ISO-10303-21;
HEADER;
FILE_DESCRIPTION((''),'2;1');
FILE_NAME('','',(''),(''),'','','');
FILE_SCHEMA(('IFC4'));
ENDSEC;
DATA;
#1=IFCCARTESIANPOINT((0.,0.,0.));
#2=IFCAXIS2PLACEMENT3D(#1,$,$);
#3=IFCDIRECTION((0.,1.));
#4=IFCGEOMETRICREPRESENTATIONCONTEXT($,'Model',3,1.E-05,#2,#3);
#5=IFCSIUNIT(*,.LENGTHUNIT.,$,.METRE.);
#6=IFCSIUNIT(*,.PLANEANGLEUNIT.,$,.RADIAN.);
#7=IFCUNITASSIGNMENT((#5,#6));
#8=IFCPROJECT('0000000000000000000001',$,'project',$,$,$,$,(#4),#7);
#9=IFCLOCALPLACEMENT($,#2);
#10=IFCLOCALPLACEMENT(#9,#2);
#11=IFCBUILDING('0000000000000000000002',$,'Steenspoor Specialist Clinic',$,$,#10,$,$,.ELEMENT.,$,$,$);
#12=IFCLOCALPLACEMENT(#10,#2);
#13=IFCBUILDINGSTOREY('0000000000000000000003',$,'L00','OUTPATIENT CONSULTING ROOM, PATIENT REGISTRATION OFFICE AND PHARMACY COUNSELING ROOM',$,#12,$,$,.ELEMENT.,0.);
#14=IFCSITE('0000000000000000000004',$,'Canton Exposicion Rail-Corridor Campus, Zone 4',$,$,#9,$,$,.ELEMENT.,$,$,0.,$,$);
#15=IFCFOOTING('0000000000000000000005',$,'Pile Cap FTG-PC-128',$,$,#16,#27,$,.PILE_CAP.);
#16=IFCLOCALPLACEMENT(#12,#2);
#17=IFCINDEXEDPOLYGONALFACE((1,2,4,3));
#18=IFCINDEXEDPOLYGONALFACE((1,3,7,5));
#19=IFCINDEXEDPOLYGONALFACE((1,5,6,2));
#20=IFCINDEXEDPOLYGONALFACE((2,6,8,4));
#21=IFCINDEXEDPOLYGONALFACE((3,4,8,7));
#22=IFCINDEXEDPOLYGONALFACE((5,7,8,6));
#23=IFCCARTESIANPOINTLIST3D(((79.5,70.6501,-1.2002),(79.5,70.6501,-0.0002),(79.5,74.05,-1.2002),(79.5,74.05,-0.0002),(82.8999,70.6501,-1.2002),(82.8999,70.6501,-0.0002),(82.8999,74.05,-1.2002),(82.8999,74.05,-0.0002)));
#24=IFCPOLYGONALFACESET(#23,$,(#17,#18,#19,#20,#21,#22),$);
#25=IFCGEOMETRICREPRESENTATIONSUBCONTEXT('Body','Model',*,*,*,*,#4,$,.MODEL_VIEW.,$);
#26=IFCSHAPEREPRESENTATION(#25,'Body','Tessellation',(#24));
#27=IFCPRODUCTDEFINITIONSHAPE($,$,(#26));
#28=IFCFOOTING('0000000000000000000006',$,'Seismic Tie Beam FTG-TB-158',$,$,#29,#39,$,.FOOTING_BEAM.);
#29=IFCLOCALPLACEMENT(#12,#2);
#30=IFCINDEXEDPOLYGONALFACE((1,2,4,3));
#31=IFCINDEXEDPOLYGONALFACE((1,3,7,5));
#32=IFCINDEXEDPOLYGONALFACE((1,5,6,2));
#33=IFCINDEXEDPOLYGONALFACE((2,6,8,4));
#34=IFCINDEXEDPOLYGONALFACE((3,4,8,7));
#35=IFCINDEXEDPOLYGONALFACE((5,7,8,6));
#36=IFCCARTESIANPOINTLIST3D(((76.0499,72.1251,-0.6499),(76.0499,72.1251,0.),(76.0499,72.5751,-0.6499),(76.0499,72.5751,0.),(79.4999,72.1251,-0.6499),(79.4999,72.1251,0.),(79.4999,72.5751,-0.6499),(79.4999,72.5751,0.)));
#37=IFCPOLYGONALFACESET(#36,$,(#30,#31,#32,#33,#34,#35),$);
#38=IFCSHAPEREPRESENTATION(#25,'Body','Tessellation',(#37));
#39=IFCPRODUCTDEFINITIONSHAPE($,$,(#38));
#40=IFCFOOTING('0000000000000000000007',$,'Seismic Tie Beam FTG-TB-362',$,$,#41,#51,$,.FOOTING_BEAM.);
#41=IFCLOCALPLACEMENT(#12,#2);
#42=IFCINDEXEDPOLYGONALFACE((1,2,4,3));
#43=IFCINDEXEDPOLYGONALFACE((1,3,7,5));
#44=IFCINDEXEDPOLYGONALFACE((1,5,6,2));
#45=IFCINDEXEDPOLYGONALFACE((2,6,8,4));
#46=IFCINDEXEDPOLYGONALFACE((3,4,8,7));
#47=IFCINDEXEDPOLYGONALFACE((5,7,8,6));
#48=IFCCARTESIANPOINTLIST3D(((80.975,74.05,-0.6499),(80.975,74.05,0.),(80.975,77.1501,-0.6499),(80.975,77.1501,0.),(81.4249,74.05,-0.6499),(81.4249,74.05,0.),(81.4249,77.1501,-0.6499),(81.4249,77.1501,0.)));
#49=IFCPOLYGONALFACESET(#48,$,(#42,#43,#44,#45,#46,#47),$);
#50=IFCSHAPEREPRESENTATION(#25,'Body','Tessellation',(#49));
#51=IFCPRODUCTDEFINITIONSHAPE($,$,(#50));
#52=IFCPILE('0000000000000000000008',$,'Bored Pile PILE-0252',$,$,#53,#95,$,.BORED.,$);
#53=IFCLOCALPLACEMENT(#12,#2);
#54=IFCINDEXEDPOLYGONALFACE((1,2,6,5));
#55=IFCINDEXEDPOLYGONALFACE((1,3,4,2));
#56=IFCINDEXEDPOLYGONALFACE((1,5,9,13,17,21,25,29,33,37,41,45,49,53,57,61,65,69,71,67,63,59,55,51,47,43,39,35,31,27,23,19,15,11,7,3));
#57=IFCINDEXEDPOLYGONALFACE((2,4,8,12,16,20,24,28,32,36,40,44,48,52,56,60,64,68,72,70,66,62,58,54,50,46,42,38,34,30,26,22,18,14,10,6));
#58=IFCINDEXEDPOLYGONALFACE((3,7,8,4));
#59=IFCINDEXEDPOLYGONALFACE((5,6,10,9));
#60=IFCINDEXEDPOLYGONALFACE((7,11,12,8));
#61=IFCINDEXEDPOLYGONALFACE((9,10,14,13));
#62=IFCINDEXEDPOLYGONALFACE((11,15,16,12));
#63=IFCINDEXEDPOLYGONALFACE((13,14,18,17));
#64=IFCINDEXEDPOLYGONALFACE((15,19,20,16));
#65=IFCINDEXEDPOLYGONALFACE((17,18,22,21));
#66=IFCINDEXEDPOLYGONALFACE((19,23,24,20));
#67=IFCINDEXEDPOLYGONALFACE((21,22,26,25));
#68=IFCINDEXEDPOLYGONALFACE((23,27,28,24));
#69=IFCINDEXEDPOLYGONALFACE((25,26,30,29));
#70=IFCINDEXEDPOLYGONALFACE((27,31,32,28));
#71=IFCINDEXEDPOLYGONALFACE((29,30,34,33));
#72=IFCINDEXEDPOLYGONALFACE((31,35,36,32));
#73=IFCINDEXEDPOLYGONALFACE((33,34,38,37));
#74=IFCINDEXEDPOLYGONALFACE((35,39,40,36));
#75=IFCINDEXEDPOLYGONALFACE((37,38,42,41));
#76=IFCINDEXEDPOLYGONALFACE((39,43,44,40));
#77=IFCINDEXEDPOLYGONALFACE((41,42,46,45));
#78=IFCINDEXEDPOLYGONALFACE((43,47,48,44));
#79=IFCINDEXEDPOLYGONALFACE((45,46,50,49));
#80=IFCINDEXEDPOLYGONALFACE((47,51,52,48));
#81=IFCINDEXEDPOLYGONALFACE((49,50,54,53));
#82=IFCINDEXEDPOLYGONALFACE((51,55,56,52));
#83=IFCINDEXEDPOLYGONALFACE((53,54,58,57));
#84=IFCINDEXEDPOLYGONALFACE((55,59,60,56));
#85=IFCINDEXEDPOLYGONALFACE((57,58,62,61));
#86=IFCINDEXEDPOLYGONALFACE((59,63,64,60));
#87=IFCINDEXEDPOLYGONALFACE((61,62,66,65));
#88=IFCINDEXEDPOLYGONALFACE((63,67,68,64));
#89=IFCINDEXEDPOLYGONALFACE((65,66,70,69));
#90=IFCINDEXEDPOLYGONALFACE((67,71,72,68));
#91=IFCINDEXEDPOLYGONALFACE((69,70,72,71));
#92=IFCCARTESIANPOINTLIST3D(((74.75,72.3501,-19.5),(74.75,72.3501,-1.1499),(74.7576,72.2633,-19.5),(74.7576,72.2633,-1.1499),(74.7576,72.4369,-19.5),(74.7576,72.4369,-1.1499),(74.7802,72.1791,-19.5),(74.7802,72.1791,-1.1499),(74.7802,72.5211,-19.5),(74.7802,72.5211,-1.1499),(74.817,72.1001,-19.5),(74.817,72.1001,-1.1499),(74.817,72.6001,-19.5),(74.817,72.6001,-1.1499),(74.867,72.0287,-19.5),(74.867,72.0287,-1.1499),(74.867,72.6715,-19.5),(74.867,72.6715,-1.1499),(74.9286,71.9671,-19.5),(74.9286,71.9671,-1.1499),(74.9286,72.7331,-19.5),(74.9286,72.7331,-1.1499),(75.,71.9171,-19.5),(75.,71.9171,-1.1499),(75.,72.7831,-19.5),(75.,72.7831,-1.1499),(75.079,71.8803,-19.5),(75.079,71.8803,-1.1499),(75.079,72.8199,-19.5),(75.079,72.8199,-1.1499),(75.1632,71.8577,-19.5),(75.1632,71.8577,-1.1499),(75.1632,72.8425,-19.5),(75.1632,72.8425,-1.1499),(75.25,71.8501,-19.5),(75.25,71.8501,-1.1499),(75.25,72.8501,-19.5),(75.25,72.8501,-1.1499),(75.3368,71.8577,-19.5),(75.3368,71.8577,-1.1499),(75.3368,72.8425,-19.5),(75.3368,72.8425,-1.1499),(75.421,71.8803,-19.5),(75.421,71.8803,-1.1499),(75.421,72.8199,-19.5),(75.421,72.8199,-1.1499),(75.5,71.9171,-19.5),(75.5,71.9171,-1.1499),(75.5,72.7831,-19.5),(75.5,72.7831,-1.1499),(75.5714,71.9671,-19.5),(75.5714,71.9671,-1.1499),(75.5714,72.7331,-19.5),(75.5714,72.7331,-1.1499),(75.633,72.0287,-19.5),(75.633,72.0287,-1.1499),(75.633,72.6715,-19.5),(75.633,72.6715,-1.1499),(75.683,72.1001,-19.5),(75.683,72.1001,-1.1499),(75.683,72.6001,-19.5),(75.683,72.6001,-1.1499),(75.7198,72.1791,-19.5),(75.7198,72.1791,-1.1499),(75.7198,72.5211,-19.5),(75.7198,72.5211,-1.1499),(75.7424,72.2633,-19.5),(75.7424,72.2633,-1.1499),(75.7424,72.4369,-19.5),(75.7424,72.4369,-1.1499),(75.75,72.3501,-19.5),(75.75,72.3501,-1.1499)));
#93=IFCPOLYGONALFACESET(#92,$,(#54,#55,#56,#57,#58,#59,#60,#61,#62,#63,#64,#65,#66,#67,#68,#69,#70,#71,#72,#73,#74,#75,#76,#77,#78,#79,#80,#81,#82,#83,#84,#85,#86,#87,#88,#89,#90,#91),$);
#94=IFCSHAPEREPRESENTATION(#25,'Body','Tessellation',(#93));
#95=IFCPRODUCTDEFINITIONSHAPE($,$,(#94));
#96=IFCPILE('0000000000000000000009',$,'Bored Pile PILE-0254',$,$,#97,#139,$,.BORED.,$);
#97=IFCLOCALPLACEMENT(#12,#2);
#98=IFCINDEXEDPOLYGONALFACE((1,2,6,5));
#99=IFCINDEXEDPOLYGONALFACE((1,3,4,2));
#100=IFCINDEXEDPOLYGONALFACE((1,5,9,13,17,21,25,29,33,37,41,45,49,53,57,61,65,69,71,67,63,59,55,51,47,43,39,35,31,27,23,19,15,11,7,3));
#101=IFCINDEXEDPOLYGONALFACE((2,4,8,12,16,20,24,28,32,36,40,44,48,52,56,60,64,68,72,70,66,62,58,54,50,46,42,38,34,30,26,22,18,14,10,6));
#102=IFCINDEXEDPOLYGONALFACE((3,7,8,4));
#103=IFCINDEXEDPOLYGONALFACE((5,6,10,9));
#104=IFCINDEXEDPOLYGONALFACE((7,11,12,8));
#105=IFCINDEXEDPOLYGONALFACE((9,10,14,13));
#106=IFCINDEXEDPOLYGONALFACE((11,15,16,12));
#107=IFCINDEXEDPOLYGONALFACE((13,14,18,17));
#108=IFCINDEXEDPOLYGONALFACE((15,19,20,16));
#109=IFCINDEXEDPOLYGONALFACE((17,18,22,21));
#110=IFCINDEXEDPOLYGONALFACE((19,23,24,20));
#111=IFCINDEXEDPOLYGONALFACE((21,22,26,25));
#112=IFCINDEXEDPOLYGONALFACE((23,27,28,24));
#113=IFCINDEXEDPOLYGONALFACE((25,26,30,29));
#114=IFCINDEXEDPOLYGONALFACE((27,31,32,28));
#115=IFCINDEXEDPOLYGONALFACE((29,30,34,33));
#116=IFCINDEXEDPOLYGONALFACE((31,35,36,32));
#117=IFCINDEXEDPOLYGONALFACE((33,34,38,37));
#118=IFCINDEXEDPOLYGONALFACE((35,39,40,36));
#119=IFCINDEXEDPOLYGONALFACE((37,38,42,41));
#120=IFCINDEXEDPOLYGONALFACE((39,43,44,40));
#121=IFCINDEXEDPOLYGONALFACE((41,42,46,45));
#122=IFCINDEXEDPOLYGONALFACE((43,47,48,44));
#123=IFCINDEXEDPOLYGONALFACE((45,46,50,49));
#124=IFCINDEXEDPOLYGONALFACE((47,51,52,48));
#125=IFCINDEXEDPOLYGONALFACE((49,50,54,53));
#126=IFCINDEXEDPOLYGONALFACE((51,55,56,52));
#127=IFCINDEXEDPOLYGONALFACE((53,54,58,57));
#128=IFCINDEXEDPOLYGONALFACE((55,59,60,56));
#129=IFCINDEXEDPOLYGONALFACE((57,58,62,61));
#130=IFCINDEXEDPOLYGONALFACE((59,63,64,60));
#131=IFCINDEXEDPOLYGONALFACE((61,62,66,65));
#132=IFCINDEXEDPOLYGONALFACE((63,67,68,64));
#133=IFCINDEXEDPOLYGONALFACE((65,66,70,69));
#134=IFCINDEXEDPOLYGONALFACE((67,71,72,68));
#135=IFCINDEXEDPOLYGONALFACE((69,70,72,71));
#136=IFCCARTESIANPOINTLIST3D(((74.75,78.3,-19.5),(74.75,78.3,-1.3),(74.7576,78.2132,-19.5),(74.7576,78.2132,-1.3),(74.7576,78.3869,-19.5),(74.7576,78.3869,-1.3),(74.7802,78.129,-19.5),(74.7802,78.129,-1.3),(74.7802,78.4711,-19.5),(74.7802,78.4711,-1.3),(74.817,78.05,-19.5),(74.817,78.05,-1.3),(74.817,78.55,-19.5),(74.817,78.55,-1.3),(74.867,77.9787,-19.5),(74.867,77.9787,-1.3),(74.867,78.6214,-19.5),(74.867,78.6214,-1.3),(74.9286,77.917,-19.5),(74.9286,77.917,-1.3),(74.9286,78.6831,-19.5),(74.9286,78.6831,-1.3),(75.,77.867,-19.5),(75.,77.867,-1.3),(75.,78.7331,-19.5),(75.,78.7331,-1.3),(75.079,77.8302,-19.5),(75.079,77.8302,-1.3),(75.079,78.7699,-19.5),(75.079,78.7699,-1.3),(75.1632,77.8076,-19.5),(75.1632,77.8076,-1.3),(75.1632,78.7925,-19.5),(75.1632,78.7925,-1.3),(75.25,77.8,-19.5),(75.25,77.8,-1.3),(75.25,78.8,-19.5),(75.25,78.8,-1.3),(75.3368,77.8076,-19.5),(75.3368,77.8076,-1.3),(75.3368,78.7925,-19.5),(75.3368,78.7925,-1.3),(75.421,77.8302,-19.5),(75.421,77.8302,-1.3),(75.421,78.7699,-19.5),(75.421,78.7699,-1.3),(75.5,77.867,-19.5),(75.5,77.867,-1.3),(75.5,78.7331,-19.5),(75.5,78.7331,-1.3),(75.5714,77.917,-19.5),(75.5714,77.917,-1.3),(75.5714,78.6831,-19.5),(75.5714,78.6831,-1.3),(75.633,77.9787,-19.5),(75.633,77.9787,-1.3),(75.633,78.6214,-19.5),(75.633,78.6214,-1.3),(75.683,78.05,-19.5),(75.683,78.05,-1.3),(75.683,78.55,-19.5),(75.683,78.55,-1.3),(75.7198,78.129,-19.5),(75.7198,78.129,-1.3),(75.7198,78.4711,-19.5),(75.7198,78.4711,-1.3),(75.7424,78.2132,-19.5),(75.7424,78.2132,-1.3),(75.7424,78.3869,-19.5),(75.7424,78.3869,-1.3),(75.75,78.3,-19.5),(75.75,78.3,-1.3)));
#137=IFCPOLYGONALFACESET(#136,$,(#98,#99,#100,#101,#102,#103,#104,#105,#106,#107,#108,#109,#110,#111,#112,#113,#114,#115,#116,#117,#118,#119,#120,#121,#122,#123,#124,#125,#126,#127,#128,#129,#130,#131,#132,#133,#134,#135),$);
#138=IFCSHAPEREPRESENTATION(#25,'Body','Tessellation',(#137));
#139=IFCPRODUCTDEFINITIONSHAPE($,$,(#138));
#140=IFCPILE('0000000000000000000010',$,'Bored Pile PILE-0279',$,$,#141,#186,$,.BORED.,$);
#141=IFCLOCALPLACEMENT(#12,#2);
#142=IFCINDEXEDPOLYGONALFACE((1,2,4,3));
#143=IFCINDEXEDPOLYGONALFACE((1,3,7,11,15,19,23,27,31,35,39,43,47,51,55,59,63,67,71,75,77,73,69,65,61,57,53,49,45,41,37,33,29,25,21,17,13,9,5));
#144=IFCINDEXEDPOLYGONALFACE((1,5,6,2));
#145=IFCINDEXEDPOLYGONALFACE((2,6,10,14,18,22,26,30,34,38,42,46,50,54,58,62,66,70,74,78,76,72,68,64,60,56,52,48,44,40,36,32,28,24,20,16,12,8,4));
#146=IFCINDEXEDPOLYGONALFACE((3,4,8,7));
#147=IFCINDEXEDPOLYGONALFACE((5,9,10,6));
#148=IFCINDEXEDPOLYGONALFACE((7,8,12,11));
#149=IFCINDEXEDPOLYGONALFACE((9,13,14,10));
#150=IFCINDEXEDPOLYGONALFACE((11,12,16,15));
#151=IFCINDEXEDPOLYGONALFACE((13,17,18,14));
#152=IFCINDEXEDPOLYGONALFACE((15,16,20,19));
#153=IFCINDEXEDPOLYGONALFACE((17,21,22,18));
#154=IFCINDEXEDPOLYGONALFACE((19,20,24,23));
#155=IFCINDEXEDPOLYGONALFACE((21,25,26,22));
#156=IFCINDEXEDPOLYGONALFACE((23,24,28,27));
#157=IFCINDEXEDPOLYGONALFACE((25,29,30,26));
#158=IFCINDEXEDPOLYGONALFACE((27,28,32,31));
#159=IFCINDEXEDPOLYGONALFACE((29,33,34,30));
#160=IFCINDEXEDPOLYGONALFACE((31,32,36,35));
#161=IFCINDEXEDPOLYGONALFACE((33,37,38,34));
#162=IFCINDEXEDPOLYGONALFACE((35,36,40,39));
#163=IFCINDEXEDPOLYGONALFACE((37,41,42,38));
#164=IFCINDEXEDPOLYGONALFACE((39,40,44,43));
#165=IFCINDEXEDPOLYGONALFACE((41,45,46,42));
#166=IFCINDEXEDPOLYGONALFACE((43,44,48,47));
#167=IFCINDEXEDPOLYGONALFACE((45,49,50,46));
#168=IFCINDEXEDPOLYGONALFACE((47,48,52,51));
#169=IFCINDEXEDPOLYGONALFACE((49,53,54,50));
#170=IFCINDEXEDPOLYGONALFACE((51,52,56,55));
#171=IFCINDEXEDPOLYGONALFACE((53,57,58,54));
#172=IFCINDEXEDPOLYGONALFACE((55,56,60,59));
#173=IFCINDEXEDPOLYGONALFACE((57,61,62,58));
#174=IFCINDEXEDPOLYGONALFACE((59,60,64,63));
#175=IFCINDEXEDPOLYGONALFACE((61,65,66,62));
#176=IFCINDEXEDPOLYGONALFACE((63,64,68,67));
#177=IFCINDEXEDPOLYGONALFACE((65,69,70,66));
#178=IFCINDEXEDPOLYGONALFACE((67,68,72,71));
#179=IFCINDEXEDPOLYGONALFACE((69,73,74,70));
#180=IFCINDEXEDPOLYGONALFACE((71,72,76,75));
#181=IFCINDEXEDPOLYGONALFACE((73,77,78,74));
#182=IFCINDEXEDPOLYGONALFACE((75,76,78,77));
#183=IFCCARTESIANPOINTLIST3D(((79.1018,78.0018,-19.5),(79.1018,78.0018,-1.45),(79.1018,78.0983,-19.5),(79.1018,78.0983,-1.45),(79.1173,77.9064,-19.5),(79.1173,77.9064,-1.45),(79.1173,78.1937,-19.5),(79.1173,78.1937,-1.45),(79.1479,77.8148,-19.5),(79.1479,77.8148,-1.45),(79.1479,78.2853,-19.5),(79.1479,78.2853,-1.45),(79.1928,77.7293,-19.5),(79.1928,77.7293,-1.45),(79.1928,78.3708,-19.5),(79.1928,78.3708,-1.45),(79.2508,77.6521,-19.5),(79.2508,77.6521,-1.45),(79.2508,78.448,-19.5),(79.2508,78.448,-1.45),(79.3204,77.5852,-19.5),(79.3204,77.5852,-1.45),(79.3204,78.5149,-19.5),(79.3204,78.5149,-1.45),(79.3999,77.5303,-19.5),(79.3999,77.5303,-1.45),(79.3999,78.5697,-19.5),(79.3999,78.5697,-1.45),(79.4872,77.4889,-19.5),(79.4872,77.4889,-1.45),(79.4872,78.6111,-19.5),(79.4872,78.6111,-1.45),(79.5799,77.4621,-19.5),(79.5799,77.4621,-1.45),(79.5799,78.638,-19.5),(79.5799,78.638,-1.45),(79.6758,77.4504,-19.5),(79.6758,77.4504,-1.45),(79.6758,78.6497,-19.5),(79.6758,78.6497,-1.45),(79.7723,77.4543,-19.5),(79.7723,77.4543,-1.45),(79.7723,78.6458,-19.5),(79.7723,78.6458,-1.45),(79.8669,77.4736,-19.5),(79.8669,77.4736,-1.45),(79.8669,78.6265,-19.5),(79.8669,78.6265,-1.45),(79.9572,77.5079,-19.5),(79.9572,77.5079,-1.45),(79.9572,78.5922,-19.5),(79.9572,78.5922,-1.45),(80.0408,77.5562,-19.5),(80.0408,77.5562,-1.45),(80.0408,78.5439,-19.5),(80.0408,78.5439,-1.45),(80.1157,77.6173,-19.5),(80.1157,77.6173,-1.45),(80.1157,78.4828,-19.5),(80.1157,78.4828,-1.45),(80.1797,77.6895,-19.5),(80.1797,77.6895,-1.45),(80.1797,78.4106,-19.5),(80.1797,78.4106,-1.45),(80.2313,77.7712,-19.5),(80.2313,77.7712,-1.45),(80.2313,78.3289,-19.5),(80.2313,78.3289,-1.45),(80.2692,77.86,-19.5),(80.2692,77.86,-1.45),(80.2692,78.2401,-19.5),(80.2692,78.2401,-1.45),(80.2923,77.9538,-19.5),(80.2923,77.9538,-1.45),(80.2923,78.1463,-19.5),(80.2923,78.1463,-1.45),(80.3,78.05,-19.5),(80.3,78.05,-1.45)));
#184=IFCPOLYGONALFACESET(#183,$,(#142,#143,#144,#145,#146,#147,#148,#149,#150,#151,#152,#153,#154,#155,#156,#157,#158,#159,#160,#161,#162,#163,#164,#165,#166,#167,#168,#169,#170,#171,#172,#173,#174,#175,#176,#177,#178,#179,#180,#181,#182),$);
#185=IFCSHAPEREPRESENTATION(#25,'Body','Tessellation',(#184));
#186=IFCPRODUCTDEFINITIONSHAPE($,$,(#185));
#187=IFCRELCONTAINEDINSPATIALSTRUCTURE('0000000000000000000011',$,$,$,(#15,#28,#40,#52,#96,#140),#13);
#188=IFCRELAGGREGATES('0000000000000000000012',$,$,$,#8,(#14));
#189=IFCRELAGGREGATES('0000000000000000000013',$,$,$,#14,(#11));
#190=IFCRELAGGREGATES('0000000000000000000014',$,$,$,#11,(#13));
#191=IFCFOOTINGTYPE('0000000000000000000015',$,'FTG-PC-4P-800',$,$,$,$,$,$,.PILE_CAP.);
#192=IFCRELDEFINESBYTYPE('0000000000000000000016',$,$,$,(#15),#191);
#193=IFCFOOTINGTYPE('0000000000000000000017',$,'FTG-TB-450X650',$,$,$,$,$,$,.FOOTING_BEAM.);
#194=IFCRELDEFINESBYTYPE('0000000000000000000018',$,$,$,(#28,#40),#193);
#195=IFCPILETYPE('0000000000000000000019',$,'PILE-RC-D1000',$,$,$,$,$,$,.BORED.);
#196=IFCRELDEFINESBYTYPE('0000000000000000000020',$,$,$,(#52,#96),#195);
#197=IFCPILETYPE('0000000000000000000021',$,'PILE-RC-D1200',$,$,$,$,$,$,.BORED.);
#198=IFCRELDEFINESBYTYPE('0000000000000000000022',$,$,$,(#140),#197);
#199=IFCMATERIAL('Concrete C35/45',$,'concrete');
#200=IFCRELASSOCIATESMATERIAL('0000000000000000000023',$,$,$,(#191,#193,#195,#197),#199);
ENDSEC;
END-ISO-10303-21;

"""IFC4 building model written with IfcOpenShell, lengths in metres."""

from ifc_helpers import new_model, si_unit, direction, frame, origin, origin_2d, place, context, subcontext, project, spatial, rectangle, circle, extrude, material, material_profile, profile_set, type_object, element, save


model = new_model("IFC4")

# Units and contexts
model_context = context("Model", 3, precision=1e-05, world=origin(), true_north=direction((0.0, 1.0)))
body_context = subcontext(model_context, "Body", "Model", "MODEL_VIEW")
ifc_project = project(units=[si_unit("LENGTHUNIT", "METRE"), si_unit("PLANEANGLEUNIT", "RADIAN")], contexts=[model_context])

# Site, building, storey
site_placement = place(None, origin())
site = spatial("IfcSite", under=ifc_project, at=site_placement, Name="Canton Exposicion Rail-Corridor Campus, Zone 4", CompositionType="ELEMENT", RefElevation=0.0)
building_placement = place(site_placement, origin())
building = spatial("IfcBuilding", under=site, at=building_placement, Name="Steenspoor Specialist Clinic", CompositionType="ELEMENT")
storey_placement = place(building_placement, origin())
storey = spatial("IfcBuildingStorey", under=building, at=storey_placement, Name="L00", Description="OUTPATIENT CONSULTING ROOM, PATIENT REGISTRATION OFFICE AND PHARMACY COUNSELING ROOM", CompositionType="ELEMENT", Elevation=0.0)

# Footings
ifc_material_1 = material(Name="Concrete C35/45", Category="concrete")
footing_type_1 = type_object("IfcFootingType", Name="FTG-PC-4P-800", PredefinedType="PILE_CAP", material=ifc_material_1)
footing_1_placement = place(storey_placement, frame((81.2, 72.3501, -1.2002), z_axis=(0.0, 0.0, 1.0), x_axis=(1.0, 0.0, 0.0)))
element("IfcFooting", 1, at=footing_1_placement, inside=storey, type_object=footing_type_1, Name="Pile Cap FTG-PC-128", PredefinedType="PILE_CAP", context=body_context, shape_type="SweptSolid", body=[
    extrude(rectangle(XDim=3.3999, YDim=3.3999, at=origin_2d()), origin(), (0.0, 0.0, 1.0), 1.2),
])
footing_type_2 = type_object("IfcFootingType", Name="FTG-TB-450X650", PredefinedType="FOOTING_BEAM", material=ifc_material_1)
footing_2_placement = place(storey_placement, frame((77.7749, 72.3501, -0.6499), z_axis=(0.0, 0.0, 1.0), x_axis=(1.0, 0.0, 0.0)))
element("IfcFooting", 2, at=footing_2_placement, inside=storey, type_object=footing_type_2, Name="Seismic Tie Beam FTG-TB-158", PredefinedType="FOOTING_BEAM", context=body_context, shape_type="SweptSolid", body=[
    extrude(rectangle(XDim=3.45, YDim=0.45, at=origin_2d()), origin(), (0.0, 0.0, 1.0), 0.6499),
])
footing_3_placement = place(storey_placement, frame((81.2, 75.6001, -0.6499), z_axis=(0.0, 0.0, 1.0), x_axis=(1.0, 0.0, 0.0)))
element("IfcFooting", 3, at=footing_3_placement, inside=storey, type_object=footing_type_2, Name="Seismic Tie Beam FTG-TB-362", PredefinedType="FOOTING_BEAM", context=body_context, shape_type="SweptSolid", body=[
    extrude(rectangle(XDim=0.45, YDim=3.1001, at=origin_2d()), origin(), (0.0, 0.0, 1.0), 0.6499),
])

# Piles
ifc_material_profile_1 = material_profile(ifc_material_1, circle(Radius=0.5, at=origin_2d()), Name="PILE-D1000")
ifc_profile_set_1 = profile_set([ifc_material_profile_1], Name="Concrete C35/45")
pile_type_1 = type_object("IfcPileType", Name="PILE-RC-D1000", PredefinedType="BORED", material=ifc_profile_set_1)
pile_1_placement = place(storey_placement, frame((75.25, 72.3501, -1.1499), z_axis=(0.0, 0.0, -1.0), x_axis=(1.0, 0.0, 0.0)))
element("IfcPile", 4, at=pile_1_placement, inside=storey, type_object=pile_type_1, Name="Bored Pile PILE-0252", PredefinedType="BORED", context=body_context, shape_type="SweptSolid", body=[
    extrude(circle(Radius=0.5, at=origin_2d()), origin(), (0.0, 0.0, 1.0), 18.3501),
])
pile_2_placement = place(storey_placement, frame((75.25, 78.3, -1.3), z_axis=(0.0, 0.0, -1.0), x_axis=(1.0, 0.0, 0.0)))
element("IfcPile", 5, at=pile_2_placement, inside=storey, type_object=pile_type_1, Name="Bored Pile PILE-0254", PredefinedType="BORED", context=body_context, shape_type="SweptSolid", body=[
    extrude(circle(Radius=0.5, at=origin_2d()), origin(), (0.0, 0.0, 1.0), 18.2),
])
ifc_material_profile_2 = material_profile(ifc_material_1, circle(Radius=0.6001, at=origin_2d()), Name="PILE-D1200")
ifc_profile_set_2 = profile_set([ifc_material_profile_2], Name="Concrete C35/45")
pile_type_2 = type_object("IfcPileType", Name="PILE-RC-D1200", PredefinedType="BORED", material=ifc_profile_set_2)
pile_3_placement = place(storey_placement, frame((79.7, 78.05, -1.45), z_axis=(0.0, 0.0, -1.0), x_axis=(1.0, 0.0, 0.0)))
element("IfcPile", 6, at=pile_3_placement, inside=storey, type_object=pile_type_2, Name="Bored Pile PILE-0279", PredefinedType="BORED", context=body_context, shape_type="SweptSolid", body=[
    extrude(circle(Radius=0.6001, at=origin_2d()), origin(), (0.0, 0.0, 1.0), 18.05),
])

save(model, "model.ifc")
